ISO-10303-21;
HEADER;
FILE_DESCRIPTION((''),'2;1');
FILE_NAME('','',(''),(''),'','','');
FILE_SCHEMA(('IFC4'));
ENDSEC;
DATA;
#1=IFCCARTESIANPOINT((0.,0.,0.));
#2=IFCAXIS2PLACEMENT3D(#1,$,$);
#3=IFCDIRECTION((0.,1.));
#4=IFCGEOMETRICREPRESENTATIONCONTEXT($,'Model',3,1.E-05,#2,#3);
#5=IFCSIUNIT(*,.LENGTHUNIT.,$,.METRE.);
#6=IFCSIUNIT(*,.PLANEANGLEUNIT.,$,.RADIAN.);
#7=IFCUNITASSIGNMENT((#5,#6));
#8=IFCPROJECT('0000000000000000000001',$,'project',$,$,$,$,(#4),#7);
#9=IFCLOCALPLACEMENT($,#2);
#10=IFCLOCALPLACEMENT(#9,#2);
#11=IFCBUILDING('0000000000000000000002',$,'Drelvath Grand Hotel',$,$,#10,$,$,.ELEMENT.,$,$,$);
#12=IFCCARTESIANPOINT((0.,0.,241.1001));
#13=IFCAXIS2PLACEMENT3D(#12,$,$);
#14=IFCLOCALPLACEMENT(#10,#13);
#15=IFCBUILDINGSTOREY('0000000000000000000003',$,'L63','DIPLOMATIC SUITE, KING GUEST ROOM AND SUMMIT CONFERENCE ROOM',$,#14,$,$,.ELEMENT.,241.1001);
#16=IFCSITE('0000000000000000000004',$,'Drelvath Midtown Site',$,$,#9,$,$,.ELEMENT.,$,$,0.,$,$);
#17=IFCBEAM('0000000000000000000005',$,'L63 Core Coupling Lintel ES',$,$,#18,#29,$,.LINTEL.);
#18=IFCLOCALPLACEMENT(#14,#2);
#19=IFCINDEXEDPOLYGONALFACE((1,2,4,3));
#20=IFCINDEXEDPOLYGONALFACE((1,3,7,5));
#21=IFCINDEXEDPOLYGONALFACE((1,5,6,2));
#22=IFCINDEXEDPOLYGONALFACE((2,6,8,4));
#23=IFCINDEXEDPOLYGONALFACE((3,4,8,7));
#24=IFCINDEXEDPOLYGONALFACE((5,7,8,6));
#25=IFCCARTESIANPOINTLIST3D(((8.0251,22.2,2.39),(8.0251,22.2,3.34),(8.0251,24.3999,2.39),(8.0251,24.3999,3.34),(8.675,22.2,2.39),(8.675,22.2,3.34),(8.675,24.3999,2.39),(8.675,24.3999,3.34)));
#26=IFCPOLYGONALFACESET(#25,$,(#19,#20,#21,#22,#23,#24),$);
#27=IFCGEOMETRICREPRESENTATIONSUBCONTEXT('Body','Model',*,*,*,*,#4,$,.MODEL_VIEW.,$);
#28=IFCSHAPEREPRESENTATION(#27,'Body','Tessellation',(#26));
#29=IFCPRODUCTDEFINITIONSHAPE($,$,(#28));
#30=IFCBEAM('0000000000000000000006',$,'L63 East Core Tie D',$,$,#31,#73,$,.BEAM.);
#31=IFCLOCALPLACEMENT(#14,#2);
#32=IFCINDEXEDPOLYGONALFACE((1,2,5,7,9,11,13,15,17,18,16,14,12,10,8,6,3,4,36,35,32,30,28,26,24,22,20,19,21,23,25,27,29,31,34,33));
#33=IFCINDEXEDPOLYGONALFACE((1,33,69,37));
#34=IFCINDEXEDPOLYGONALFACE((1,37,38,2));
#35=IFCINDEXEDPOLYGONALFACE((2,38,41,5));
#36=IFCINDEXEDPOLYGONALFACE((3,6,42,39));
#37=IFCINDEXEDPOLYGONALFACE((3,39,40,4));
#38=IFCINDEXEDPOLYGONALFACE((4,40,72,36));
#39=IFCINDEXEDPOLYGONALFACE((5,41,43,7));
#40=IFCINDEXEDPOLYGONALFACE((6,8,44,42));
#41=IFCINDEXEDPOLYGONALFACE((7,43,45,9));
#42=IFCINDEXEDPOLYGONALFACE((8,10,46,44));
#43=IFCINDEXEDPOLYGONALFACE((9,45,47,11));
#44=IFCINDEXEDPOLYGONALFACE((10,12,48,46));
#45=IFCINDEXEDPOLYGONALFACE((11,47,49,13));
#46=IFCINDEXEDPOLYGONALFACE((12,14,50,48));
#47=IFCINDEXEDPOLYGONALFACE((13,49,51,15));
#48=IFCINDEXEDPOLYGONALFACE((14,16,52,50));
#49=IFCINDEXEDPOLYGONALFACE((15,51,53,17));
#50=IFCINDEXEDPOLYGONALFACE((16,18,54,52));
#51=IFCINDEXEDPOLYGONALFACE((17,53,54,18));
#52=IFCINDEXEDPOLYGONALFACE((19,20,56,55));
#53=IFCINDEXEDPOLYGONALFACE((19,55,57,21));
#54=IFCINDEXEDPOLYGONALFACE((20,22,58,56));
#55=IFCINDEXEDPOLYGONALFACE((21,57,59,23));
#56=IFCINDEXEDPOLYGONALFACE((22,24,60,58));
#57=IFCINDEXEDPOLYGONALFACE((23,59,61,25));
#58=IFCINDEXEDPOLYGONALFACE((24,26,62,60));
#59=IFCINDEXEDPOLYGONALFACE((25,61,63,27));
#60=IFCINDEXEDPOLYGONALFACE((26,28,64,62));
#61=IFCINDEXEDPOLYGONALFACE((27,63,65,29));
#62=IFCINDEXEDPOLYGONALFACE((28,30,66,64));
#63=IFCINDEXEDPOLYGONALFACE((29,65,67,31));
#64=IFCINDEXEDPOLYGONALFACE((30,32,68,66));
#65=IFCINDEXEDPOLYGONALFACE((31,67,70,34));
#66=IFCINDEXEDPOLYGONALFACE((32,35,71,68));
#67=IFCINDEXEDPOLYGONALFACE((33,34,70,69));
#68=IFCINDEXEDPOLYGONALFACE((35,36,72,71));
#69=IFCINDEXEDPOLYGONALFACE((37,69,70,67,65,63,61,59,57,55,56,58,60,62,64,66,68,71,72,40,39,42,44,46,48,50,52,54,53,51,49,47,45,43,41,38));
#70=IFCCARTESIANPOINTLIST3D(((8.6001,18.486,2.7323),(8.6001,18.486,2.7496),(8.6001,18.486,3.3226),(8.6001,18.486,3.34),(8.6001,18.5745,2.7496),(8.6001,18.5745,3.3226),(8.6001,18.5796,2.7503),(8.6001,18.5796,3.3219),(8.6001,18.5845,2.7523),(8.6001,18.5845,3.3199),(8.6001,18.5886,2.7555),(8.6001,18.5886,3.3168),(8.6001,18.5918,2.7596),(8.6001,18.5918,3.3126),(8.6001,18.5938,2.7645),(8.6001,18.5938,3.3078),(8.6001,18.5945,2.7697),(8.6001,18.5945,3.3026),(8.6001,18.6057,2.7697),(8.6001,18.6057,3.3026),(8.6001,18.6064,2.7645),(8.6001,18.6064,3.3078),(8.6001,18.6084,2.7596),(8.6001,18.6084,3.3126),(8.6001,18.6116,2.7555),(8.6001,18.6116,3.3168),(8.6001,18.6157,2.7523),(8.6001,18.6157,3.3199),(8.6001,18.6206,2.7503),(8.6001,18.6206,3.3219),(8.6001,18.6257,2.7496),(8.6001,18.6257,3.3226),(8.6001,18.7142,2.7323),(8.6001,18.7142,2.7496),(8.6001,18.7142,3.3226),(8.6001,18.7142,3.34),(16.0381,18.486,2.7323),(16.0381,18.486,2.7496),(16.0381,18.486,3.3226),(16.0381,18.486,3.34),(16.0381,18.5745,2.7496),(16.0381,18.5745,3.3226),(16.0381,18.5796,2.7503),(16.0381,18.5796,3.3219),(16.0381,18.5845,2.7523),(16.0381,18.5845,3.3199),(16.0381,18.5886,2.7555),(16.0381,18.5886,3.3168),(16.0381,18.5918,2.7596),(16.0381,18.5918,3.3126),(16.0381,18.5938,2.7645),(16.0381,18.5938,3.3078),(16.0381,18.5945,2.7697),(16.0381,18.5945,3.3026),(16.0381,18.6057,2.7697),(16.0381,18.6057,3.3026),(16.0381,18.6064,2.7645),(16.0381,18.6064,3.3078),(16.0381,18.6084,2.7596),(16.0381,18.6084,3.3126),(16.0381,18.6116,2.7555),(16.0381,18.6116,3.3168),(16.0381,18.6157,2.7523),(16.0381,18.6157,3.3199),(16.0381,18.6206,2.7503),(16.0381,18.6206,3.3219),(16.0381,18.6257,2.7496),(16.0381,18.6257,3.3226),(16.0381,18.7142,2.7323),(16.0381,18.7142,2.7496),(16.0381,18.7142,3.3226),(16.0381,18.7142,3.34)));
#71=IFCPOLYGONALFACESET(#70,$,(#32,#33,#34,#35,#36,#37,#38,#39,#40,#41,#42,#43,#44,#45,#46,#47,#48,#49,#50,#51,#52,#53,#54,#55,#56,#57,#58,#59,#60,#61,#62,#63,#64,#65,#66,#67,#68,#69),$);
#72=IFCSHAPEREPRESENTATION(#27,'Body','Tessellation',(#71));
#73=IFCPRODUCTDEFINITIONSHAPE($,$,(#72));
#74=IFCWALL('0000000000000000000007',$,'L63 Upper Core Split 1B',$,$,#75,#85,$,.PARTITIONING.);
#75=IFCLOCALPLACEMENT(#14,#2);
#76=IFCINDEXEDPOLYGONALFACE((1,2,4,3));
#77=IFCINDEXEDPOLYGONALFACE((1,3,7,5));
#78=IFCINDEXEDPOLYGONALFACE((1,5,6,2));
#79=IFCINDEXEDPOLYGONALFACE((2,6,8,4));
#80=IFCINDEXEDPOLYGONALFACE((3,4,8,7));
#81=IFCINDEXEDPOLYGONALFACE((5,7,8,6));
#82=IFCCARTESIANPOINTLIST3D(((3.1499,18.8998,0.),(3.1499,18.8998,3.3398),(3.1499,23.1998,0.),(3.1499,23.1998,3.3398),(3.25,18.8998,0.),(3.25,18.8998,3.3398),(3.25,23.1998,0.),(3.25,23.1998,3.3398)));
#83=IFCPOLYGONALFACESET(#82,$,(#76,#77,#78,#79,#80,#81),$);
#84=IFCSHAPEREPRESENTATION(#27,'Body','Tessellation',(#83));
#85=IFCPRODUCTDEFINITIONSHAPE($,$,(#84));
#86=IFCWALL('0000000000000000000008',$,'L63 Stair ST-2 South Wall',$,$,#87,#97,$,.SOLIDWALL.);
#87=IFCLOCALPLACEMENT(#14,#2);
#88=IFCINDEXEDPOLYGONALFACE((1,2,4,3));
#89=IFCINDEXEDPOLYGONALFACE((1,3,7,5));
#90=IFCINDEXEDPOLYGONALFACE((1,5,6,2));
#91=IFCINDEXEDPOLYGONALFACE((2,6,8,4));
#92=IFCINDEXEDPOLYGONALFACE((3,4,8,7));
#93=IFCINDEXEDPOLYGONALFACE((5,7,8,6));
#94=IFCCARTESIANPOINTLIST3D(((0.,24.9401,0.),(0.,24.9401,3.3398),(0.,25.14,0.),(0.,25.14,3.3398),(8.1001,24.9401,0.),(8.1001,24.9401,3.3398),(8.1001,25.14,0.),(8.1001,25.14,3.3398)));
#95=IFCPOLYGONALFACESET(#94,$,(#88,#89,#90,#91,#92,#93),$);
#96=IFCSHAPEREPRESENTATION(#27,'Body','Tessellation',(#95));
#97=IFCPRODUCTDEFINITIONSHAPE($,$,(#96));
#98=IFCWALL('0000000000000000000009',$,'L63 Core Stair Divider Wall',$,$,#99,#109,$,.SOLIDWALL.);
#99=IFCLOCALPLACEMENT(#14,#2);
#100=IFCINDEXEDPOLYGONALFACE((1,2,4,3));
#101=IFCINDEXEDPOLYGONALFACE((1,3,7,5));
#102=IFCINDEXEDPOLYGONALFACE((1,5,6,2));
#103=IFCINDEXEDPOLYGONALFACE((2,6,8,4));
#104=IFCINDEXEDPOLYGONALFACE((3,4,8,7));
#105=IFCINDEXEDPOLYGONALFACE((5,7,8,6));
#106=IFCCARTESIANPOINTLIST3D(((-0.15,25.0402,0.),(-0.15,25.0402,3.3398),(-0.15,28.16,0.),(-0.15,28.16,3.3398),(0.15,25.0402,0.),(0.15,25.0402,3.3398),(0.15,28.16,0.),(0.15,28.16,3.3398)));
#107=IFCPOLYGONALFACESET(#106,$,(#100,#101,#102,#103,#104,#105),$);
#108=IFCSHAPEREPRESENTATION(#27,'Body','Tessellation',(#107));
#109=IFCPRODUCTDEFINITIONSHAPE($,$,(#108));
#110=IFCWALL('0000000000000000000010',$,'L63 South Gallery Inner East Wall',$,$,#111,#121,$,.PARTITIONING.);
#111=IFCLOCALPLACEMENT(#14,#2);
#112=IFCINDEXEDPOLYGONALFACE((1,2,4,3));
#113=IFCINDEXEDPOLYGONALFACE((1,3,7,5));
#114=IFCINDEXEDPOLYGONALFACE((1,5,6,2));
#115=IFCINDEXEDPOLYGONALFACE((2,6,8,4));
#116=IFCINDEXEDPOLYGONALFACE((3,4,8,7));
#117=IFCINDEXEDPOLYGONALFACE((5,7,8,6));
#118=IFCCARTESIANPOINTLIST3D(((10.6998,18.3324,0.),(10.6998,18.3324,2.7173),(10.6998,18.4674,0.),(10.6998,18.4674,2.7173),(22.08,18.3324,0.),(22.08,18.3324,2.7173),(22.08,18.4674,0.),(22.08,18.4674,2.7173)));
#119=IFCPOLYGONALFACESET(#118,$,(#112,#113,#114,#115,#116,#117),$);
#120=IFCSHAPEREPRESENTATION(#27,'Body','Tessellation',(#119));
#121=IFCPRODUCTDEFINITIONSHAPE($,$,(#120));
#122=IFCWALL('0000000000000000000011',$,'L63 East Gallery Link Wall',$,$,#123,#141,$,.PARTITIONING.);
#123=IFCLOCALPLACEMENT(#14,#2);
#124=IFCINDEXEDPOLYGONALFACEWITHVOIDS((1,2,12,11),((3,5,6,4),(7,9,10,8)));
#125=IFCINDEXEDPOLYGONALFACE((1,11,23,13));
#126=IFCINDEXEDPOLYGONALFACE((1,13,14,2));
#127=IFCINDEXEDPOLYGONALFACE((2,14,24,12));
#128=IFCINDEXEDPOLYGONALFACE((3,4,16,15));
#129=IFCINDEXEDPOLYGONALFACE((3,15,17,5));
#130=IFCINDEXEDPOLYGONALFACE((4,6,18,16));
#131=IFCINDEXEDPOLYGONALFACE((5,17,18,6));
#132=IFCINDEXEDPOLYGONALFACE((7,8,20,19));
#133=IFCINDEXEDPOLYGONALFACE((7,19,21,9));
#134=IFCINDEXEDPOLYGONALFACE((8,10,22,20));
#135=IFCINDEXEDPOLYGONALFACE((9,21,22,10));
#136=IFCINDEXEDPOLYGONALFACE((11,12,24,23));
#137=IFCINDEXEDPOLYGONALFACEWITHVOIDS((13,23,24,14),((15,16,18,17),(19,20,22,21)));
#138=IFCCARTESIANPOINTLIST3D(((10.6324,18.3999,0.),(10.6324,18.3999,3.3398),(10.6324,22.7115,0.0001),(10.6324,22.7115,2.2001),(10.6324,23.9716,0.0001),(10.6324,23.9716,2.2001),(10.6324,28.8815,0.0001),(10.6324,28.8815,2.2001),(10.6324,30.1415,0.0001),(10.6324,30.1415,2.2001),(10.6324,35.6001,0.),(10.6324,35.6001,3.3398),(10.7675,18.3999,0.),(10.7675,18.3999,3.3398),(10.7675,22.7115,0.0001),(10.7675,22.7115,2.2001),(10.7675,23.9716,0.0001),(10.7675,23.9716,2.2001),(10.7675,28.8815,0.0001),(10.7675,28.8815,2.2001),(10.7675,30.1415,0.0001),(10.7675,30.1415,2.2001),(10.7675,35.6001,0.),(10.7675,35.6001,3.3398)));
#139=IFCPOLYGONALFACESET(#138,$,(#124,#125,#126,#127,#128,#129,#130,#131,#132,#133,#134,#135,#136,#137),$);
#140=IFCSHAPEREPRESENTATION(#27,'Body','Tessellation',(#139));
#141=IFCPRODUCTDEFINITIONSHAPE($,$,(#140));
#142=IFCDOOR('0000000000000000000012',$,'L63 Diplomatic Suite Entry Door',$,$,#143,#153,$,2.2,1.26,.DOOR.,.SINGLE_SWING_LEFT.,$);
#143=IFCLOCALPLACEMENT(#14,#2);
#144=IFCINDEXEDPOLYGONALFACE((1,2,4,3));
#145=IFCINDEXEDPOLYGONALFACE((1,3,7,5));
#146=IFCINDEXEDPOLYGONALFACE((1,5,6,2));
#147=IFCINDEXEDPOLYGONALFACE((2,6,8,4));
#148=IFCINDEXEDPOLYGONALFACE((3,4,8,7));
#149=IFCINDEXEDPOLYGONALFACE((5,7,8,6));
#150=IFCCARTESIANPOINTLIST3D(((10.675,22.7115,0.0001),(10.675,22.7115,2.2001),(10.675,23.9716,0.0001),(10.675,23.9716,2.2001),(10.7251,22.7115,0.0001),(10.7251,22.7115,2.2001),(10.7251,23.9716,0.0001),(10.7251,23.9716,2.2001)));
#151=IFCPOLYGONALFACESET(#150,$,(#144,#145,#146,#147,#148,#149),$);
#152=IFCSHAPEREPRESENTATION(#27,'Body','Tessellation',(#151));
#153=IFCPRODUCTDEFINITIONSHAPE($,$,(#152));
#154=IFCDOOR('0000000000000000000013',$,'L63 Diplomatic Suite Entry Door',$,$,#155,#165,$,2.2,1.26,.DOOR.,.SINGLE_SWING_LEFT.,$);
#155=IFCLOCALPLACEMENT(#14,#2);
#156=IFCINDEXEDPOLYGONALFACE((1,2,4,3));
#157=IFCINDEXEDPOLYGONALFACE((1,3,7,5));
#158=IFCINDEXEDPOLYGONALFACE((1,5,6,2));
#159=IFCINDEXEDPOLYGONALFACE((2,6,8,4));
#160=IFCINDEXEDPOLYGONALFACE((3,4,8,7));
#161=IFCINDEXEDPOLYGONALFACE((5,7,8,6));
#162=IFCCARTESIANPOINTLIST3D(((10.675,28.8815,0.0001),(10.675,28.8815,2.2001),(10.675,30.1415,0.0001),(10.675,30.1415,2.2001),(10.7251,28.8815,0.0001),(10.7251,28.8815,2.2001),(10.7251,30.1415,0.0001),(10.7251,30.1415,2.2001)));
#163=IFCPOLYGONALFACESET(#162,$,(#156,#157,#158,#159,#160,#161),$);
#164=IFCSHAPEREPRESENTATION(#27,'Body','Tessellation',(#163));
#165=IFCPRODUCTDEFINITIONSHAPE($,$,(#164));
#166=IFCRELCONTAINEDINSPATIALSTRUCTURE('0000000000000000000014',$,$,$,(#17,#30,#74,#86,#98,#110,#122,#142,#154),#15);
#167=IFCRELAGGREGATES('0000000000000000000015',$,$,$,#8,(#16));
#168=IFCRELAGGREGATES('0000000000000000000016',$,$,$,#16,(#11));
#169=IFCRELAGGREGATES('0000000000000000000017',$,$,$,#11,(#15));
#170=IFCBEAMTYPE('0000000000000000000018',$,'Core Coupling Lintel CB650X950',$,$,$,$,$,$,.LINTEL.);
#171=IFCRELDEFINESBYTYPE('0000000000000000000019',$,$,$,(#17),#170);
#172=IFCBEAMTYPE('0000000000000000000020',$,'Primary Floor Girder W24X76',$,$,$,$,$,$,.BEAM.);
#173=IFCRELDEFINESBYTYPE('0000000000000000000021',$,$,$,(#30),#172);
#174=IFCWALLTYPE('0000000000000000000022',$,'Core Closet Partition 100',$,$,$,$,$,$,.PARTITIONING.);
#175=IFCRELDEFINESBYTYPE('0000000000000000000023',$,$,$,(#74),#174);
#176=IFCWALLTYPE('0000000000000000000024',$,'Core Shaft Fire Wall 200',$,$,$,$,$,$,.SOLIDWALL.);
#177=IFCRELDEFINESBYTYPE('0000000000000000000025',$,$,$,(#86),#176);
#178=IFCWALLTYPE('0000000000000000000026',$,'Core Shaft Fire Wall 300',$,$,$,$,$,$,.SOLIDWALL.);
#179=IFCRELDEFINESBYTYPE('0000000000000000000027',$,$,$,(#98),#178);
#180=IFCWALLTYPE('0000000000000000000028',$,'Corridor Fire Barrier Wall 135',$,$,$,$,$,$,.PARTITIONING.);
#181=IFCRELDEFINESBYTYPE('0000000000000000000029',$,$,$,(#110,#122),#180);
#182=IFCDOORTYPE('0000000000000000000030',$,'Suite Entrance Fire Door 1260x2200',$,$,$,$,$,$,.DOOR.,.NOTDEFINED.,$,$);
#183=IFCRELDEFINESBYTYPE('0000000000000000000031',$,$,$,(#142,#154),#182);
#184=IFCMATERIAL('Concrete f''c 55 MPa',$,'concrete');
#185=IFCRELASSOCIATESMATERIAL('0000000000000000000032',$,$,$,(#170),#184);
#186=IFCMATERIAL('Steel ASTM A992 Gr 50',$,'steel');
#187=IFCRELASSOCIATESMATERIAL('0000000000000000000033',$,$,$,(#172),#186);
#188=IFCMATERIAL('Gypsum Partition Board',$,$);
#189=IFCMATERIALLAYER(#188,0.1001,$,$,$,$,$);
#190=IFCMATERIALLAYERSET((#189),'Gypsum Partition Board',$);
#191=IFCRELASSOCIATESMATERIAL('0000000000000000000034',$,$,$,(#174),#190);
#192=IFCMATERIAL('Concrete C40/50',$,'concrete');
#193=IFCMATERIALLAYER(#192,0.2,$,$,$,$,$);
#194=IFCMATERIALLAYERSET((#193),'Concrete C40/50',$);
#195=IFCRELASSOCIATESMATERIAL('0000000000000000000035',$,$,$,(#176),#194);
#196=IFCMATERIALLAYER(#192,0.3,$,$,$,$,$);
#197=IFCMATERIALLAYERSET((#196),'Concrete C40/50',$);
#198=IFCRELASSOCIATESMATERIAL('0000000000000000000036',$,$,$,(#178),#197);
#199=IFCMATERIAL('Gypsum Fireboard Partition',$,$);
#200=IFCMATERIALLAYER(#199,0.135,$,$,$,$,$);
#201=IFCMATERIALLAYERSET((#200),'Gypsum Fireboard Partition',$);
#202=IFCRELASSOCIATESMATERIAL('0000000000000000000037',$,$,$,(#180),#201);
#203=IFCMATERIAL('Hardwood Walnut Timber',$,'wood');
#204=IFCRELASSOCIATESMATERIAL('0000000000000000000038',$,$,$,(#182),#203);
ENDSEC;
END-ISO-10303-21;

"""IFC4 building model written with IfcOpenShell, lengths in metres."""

from ifc_helpers import new_model, si_unit, direction, frame, frame_2d, origin, origin_2d, place, context, subcontext, project, spatial, rectangle, i_section, extrude, material, layer, layer_set, material_profile, profile_set, type_object, element, fill, save


model = new_model("IFC4")

# Units and contexts
model_context = context("Model", 3, precision=1e-05, world=origin(), true_north=direction((0.0, 1.0)))
body_context = subcontext(model_context, "Body", "Model", "MODEL_VIEW")
ifc_project = project(units=[si_unit("LENGTHUNIT", "METRE"), si_unit("PLANEANGLEUNIT", "RADIAN")], contexts=[model_context])

# Site, building, storey
site_placement = place(None, origin())
site = spatial("IfcSite", under=ifc_project, at=site_placement, Name="Drelvath Midtown Site", CompositionType="ELEMENT", RefElevation=0.0)
building_placement = place(site_placement, origin())
building = spatial("IfcBuilding", under=site, at=building_placement, Name="Drelvath Grand Hotel", CompositionType="ELEMENT")
storey_placement = place(building_placement, frame((0.0, 0.0, 241.1001)))
storey = spatial("IfcBuildingStorey", under=building, at=storey_placement, Name="L63", Description="DIPLOMATIC SUITE, KING GUEST ROOM AND SUMMIT CONFERENCE ROOM", CompositionType="ELEMENT", Elevation=241.1001)

# Beams
ifc_material_1 = material(Name="Concrete f'c 55 MPa", Category="concrete")
ifc_material_profile_1 = material_profile(ifc_material_1, rectangle(XDim=0.6499, YDim=0.95, at=origin_2d()), Name="CB650X950")
ifc_profile_set_1 = profile_set([ifc_material_profile_1], Name="Concrete f'c 55 MPa")
beam_type_1 = type_object("IfcBeamType", Name="Core Coupling Lintel CB650X950", PredefinedType="LINTEL", material=ifc_profile_set_1)
beam_1_placement = place(storey_placement, frame((8.3501, 22.2, 2.865), z_axis=(0.0, 1.0, 0.0), x_axis=(-1.0, 0.0, 0.0)))
element("IfcBeam", 1, at=beam_1_placement, inside=storey, type_object=beam_type_1, Name="L63 Core Coupling Lintel ES", PredefinedType="LINTEL", context=body_context, shape_type="SweptSolid", body=[
    extrude(rectangle(XDim=0.6499, YDim=0.95, at=origin_2d()), origin(), (0.0, 0.0, 1.0), 2.2),
])
ifc_material_2 = material(Name="Steel ASTM A992 Gr 50", Category="steel")
ifc_material_profile_2 = material_profile(ifc_material_2, i_section(OverallWidth=0.2283, OverallDepth=0.6077, WebThickness=0.0112, FlangeThickness=0.0173, FilletRadius=0.02, at=origin_2d()), Name="W24X76")
ifc_profile_set_2 = profile_set([ifc_material_profile_2], Name="Steel ASTM A992 Gr 50")
beam_type_2 = type_object("IfcBeamType", Name="Primary Floor Girder W24X76", PredefinedType="BEAM", material=ifc_profile_set_2)
beam_2_placement = place(storey_placement, frame((8.6001, 18.6001, 3.0361), z_axis=(1.0, 0.0, 0.0), x_axis=(0.0, 1.0, 0.0)))
element("IfcBeam", 2, at=beam_2_placement, inside=storey, type_object=beam_type_2, Name="L63 East Core Tie D", PredefinedType="BEAM", context=body_context, shape_type="SweptSolid", body=[
    extrude(i_section(OverallWidth=0.2283, OverallDepth=0.6077, WebThickness=0.0112, FlangeThickness=0.0173, FilletRadius=0.02, at=origin_2d()), origin(), (0.0, 0.0, 1.0), 7.438),
])

# Walls
ifc_material_3 = material(Name="Gypsum Partition Board")
ifc_layer_1 = layer(ifc_material_3, 0.1001)
ifc_layer_set_1 = layer_set([ifc_layer_1], Name="Gypsum Partition Board")
wall_type_1 = type_object("IfcWallType", Name="Core Closet Partition 100", PredefinedType="PARTITIONING", material=ifc_layer_set_1)
wall_1_placement = place(storey_placement, frame((3.2, 18.8999, 0.0), z_axis=(0.0, 0.0, 1.0), x_axis=(0.0, 1.0, 0.0)))
element("IfcWall", 3, at=wall_1_placement, inside=storey, type_object=wall_type_1, Name="L63 Upper Core Split 1B", PredefinedType="PARTITIONING", context=body_context, shape_type="SweptSolid", body=[
    extrude(rectangle(XDim=4.3, YDim=0.1001, at=frame_2d((2.1499, 0.0))), origin(), (0.0, 0.0, 1.0), 3.3398),
])
ifc_material_4 = material(Name="Concrete C40/50", Category="concrete")
ifc_layer_2 = layer(ifc_material_4, 0.2)
ifc_layer_set_2 = layer_set([ifc_layer_2], Name="Concrete C40/50")
wall_type_2 = type_object("IfcWallType", Name="Core Shaft Fire Wall 200", PredefinedType="SOLIDWALL", material=ifc_layer_set_2)
wall_2_placement = place(storey_placement, frame((0.0, 25.04, 0.0), z_axis=(0.0, 0.0, 1.0), x_axis=(1.0, 0.0, 0.0)))
element("IfcWall", 4, at=wall_2_placement, inside=storey, type_object=wall_type_2, Name="L63 Stair ST-2 South Wall", PredefinedType="SOLIDWALL", context=body_context, shape_type="SweptSolid", body=[
    extrude(rectangle(XDim=8.1001, YDim=0.2, at=frame_2d((4.05, 0.0))), origin(), (0.0, 0.0, 1.0), 3.3398),
])
ifc_layer_3 = layer(ifc_material_4, 0.3)
ifc_layer_set_3 = layer_set([ifc_layer_3], Name="Concrete C40/50")
wall_type_3 = type_object("IfcWallType", Name="Core Shaft Fire Wall 300", PredefinedType="SOLIDWALL", material=ifc_layer_set_3)
wall_3_placement = place(storey_placement, frame((0.0, 25.04, 0.0), z_axis=(0.0, 0.0, 1.0), x_axis=(0.0, 1.0, 0.0)))
element("IfcWall", 5, at=wall_3_placement, inside=storey, type_object=wall_type_3, Name="L63 Core Stair Divider Wall", PredefinedType="SOLIDWALL", context=body_context, shape_type="SweptSolid", body=[
    extrude(rectangle(XDim=3.1199, YDim=0.3, at=frame_2d((1.5601, 0.0))), origin(), (0.0, 0.0, 1.0), 3.3398),
])
ifc_material_5 = material(Name="Gypsum Fireboard Partition")
ifc_layer_4 = layer(ifc_material_5, 0.135)
ifc_layer_set_4 = layer_set([ifc_layer_4], Name="Gypsum Fireboard Partition")
wall_type_4 = type_object("IfcWallType", Name="Corridor Fire Barrier Wall 135", PredefinedType="PARTITIONING", material=ifc_layer_set_4)
wall_4_placement = place(storey_placement, frame((10.7, 18.3999, 0.0), z_axis=(0.0, 0.0, 1.0), x_axis=(1.0, 0.0, 0.0)))
element("IfcWall", 6, at=wall_4_placement, inside=storey, type_object=wall_type_4, Name="L63 South Gallery Inner East Wall", PredefinedType="PARTITIONING", context=body_context, shape_type="SweptSolid", body=[
    extrude(rectangle(XDim=11.3801, YDim=0.135, at=frame_2d((5.6899, 0.0))), origin(), (0.0, 0.0, 1.0), 2.7173),
])

# Wall, openings, doors
wall_5_placement = place(storey_placement, frame((10.7, 18.3999, 0.0), z_axis=(0.0, 0.0, 1.0), x_axis=(0.0, 1.0, 0.0)))
wall_5 = element("IfcWall", 7, at=wall_5_placement, inside=storey, type_object=wall_type_4, Name="L63 East Gallery Link Wall", PredefinedType="PARTITIONING", context=body_context, shape_type="SweptSolid", body=[
    extrude(rectangle(XDim=17.2002, YDim=0.135, at=frame_2d((8.6001, 0.0))), origin(), (0.0, 0.0, 1.0), 3.3398),
])
opening_1_placement = place(wall_5_placement, frame((4.3118, 0.0, 0.0)))
opening_1 = element("IfcOpeningElement", 8, at=opening_1_placement, cuts=wall_5, PredefinedType="OPENING", context=body_context, shape_type="SweptSolid", body=[
    extrude(rectangle(XDim=1.26, YDim=2.2, at=frame_2d((0.6299, 1.1001))), frame((0.0, 0.0774, 0.0), z_axis=(0.0, -1.0, 0.0), x_axis=(1.0, 0.0, 0.0)), (0.0, 0.0, 1.0), 0.155),
])
opening_2_placement = place(wall_5_placement, frame((10.4817, 0.0, 0.0)))
opening_2 = element("IfcOpeningElement", 9, at=opening_2_placement, cuts=wall_5, PredefinedType="OPENING", context=body_context, shape_type="SweptSolid", body=[
    extrude(rectangle(XDim=1.26, YDim=2.2, at=frame_2d((0.6299, 1.1001))), frame((0.0, 0.0774, 0.0), z_axis=(0.0, -1.0, 0.0), x_axis=(1.0, 0.0, 0.0)), (0.0, 0.0, 1.0), 0.155),
])
ifc_material_6 = material(Name="Hardwood Walnut Timber", Category="wood")
door_type_1 = type_object("IfcDoorType", Name="Suite Entrance Fire Door 1260x2200", OperationType="NOTDEFINED", PredefinedType="DOOR", material=ifc_material_6)
door_1_placement = place(opening_1_placement, origin())
door_1 = element("IfcDoor", 10, at=door_1_placement, inside=storey, type_object=door_type_1, Name="L63 Diplomatic Suite Entry Door", OperationType="SINGLE_SWING_LEFT", OverallHeight=2.2, OverallWidth=1.26, PredefinedType="DOOR", context=body_context, shape_type="SweptSolid", body=[
    extrude(rectangle(XDim=1.26, YDim=2.2, at=frame_2d((0.6299, 1.1001))), frame((0.0, 0.0249, 0.0), z_axis=(0.0, -1.0, 0.0), x_axis=(1.0, 0.0, 0.0)), (0.0, 0.0, 1.0), 0.05),
])
fill(opening_1, door_1)
door_2_placement = place(opening_2_placement, origin())
door_2 = element("IfcDoor", 11, at=door_2_placement, inside=storey, type_object=door_type_1, Name="L63 Diplomatic Suite Entry Door", OperationType="SINGLE_SWING_LEFT", OverallHeight=2.2, OverallWidth=1.26, PredefinedType="DOOR", context=body_context, shape_type="SweptSolid", body=[
    extrude(rectangle(XDim=1.26, YDim=2.2, at=frame_2d((0.6299, 1.1001))), frame((0.0, 0.0249, 0.0), z_axis=(0.0, -1.0, 0.0), x_axis=(1.0, 0.0, 0.0)), (0.0, 0.0, 1.0), 0.05),
])
fill(opening_2, door_2)

save(model, "model.ifc")
